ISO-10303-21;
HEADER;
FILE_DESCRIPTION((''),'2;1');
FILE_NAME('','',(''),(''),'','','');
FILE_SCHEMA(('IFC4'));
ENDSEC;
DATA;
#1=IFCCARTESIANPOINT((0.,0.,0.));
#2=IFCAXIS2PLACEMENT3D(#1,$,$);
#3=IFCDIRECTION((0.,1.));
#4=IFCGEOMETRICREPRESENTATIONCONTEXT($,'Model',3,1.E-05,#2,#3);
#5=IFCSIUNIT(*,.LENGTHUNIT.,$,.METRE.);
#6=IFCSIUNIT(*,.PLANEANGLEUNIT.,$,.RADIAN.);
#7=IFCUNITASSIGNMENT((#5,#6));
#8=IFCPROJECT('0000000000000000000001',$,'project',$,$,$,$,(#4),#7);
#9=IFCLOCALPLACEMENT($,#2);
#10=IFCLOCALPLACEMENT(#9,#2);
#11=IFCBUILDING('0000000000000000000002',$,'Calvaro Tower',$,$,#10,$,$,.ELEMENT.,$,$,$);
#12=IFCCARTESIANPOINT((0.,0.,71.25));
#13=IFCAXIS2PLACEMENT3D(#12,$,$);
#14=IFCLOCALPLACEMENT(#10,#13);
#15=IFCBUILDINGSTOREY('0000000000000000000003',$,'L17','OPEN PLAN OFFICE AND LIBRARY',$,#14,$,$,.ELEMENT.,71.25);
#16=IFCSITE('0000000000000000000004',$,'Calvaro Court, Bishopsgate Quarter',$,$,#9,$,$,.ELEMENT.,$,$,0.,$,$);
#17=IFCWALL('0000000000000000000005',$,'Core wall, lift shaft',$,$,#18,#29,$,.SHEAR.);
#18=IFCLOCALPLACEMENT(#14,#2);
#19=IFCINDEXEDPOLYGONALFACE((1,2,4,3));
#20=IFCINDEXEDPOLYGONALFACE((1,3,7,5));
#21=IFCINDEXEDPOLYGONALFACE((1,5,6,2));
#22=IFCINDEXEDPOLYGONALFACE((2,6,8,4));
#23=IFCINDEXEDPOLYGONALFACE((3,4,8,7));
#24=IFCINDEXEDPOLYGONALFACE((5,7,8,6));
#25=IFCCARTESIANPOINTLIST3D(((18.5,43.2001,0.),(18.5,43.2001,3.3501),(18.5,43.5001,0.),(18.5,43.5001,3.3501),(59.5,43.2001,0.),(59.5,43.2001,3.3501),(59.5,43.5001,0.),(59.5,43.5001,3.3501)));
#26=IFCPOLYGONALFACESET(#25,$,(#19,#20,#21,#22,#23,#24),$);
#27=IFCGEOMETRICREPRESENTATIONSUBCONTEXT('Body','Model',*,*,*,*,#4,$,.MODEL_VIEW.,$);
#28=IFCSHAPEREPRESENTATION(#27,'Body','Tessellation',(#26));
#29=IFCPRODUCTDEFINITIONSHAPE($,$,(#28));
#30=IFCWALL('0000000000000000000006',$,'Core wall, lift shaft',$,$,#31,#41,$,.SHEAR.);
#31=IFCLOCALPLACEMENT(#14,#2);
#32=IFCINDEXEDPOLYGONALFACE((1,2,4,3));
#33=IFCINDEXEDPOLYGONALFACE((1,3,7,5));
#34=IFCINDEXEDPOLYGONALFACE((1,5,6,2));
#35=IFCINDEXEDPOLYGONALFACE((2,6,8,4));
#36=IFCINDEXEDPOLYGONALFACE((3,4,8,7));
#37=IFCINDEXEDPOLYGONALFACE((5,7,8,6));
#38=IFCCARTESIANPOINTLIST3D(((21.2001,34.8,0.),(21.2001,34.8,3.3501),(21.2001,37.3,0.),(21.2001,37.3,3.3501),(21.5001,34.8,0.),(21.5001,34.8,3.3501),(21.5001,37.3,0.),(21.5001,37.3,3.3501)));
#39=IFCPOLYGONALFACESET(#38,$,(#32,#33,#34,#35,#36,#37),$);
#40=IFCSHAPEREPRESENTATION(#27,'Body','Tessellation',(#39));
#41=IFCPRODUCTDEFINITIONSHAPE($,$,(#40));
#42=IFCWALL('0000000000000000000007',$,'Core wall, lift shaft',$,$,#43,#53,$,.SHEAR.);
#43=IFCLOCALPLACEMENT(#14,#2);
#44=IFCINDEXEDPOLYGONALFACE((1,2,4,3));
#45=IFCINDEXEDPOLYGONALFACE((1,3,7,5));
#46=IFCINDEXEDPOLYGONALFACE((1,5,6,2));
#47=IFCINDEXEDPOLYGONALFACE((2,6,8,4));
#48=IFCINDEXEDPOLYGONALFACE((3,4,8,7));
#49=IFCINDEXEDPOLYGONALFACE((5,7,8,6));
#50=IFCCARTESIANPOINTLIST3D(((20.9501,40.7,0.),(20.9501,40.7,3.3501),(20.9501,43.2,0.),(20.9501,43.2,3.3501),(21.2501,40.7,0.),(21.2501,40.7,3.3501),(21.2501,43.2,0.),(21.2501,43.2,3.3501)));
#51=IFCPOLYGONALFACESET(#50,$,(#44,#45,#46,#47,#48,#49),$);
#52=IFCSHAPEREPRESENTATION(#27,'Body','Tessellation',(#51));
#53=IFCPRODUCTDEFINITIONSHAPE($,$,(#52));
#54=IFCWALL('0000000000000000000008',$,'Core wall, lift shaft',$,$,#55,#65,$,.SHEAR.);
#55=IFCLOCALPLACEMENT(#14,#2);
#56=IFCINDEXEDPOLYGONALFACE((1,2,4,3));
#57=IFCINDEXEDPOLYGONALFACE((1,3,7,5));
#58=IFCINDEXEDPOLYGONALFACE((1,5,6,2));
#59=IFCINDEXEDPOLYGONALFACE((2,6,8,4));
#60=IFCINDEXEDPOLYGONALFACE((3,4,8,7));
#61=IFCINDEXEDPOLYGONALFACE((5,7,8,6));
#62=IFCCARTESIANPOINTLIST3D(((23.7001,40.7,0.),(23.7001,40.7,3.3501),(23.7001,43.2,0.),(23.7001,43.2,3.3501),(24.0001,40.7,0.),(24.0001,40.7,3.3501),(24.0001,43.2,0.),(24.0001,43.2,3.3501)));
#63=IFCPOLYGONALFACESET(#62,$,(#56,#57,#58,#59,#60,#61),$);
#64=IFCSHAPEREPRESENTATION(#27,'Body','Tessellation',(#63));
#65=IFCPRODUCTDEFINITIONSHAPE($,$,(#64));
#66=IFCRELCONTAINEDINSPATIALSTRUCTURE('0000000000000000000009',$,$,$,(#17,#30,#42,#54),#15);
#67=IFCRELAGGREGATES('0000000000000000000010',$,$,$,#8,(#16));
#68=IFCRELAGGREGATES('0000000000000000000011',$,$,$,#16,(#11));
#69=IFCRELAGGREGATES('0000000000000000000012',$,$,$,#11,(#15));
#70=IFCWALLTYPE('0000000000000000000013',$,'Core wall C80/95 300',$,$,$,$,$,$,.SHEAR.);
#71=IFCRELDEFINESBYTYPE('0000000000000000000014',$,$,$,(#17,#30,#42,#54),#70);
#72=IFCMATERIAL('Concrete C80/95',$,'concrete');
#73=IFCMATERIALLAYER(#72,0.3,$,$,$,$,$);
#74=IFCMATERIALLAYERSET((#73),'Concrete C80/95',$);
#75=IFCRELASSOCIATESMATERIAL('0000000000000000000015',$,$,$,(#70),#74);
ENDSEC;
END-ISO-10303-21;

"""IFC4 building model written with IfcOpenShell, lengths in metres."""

from ifc_helpers import new_model, si_unit, direction, frame, frame_2d, origin, place, context, subcontext, project, spatial, rectangle, extrude, material, layer, layer_set, type_object, element, save


model = new_model("IFC4")

# Units and contexts
model_context = context("Model", 3, precision=1e-05, world=origin(), true_north=direction((0.0, 1.0)))
body_context = subcontext(model_context, "Body", "Model", "MODEL_VIEW")
ifc_project = project(units=[si_unit("LENGTHUNIT", "METRE"), si_unit("PLANEANGLEUNIT", "RADIAN")], contexts=[model_context])

# Site, building, storey
site_placement = place(None, origin())
site = spatial("IfcSite", under=ifc_project, at=site_placement, Name="Calvaro Court, Bishopsgate Quarter", CompositionType="ELEMENT", RefElevation=0.0)
building_placement = place(site_placement, origin())
building = spatial("IfcBuilding", under=site, at=building_placement, Name="Calvaro Tower", CompositionType="ELEMENT")
storey_placement = place(building_placement, frame((0.0, 0.0, 71.25)))
storey = spatial("IfcBuildingStorey", under=building, at=storey_placement, Name="L17", Description="OPEN PLAN OFFICE AND LIBRARY", CompositionType="ELEMENT", Elevation=71.25)

# Shared definitions
ifc_material_1 = material(Name="Concrete C80/95", Category="concrete")
ifc_layer_1 = layer(ifc_material_1, 0.3)
ifc_layer_set_1 = layer_set([ifc_layer_1], Name="Concrete C80/95")
wall_type_1 = type_object("IfcWallType", Name="Core wall C80/95 300", PredefinedType="SHEAR", material=ifc_layer_set_1)

# Walls
wall_1_placement = place(storey_placement, frame((18.5, 43.3501, 0.0), z_axis=(0.0, 0.0, 1.0), x_axis=(1.0, 0.0, 0.0)))
element("IfcWall", 1, at=wall_1_placement, inside=storey, type_object=wall_type_1, Name="Core wall, lift shaft", PredefinedType="SHEAR", context=body_context, shape_type="SweptSolid", body=[
    extrude(rectangle(XDim=41.0, YDim=0.3, at=frame_2d((20.5, 0.0))), origin(), (0.0, 0.0, 1.0), 3.3501),
])
for number, where, z_axis, x_axis, name in (
    (2, (21.3501, 34.8, 0.0), (0.0, 0.0, 1.0), (0.0, 1.0, 0.0), "Core wall, lift shaft"),
    (3, (21.1001, 40.7, 0.0), (0.0, 0.0, 1.0), (0.0, 1.0, 0.0), "Core wall, lift shaft"),
    (4, (23.8501, 40.7, 0.0), (0.0, 0.0, 1.0), (0.0, 1.0, 0.0), "Core wall, lift shaft"),
):
    element("IfcWall", number, at=place(storey_placement, frame(where, z_axis=z_axis, x_axis=x_axis)), inside=storey, type_object=wall_type_1, Name=name, PredefinedType="SHEAR", context=body_context, shape_type="SweptSolid", body=[
        extrude(rectangle(XDim=2.5, YDim=0.3, at=frame_2d((1.25, 0.0))), origin(), (0.0, 0.0, 1.0), 3.3501),
    ])

save(model, "model.ifc")
